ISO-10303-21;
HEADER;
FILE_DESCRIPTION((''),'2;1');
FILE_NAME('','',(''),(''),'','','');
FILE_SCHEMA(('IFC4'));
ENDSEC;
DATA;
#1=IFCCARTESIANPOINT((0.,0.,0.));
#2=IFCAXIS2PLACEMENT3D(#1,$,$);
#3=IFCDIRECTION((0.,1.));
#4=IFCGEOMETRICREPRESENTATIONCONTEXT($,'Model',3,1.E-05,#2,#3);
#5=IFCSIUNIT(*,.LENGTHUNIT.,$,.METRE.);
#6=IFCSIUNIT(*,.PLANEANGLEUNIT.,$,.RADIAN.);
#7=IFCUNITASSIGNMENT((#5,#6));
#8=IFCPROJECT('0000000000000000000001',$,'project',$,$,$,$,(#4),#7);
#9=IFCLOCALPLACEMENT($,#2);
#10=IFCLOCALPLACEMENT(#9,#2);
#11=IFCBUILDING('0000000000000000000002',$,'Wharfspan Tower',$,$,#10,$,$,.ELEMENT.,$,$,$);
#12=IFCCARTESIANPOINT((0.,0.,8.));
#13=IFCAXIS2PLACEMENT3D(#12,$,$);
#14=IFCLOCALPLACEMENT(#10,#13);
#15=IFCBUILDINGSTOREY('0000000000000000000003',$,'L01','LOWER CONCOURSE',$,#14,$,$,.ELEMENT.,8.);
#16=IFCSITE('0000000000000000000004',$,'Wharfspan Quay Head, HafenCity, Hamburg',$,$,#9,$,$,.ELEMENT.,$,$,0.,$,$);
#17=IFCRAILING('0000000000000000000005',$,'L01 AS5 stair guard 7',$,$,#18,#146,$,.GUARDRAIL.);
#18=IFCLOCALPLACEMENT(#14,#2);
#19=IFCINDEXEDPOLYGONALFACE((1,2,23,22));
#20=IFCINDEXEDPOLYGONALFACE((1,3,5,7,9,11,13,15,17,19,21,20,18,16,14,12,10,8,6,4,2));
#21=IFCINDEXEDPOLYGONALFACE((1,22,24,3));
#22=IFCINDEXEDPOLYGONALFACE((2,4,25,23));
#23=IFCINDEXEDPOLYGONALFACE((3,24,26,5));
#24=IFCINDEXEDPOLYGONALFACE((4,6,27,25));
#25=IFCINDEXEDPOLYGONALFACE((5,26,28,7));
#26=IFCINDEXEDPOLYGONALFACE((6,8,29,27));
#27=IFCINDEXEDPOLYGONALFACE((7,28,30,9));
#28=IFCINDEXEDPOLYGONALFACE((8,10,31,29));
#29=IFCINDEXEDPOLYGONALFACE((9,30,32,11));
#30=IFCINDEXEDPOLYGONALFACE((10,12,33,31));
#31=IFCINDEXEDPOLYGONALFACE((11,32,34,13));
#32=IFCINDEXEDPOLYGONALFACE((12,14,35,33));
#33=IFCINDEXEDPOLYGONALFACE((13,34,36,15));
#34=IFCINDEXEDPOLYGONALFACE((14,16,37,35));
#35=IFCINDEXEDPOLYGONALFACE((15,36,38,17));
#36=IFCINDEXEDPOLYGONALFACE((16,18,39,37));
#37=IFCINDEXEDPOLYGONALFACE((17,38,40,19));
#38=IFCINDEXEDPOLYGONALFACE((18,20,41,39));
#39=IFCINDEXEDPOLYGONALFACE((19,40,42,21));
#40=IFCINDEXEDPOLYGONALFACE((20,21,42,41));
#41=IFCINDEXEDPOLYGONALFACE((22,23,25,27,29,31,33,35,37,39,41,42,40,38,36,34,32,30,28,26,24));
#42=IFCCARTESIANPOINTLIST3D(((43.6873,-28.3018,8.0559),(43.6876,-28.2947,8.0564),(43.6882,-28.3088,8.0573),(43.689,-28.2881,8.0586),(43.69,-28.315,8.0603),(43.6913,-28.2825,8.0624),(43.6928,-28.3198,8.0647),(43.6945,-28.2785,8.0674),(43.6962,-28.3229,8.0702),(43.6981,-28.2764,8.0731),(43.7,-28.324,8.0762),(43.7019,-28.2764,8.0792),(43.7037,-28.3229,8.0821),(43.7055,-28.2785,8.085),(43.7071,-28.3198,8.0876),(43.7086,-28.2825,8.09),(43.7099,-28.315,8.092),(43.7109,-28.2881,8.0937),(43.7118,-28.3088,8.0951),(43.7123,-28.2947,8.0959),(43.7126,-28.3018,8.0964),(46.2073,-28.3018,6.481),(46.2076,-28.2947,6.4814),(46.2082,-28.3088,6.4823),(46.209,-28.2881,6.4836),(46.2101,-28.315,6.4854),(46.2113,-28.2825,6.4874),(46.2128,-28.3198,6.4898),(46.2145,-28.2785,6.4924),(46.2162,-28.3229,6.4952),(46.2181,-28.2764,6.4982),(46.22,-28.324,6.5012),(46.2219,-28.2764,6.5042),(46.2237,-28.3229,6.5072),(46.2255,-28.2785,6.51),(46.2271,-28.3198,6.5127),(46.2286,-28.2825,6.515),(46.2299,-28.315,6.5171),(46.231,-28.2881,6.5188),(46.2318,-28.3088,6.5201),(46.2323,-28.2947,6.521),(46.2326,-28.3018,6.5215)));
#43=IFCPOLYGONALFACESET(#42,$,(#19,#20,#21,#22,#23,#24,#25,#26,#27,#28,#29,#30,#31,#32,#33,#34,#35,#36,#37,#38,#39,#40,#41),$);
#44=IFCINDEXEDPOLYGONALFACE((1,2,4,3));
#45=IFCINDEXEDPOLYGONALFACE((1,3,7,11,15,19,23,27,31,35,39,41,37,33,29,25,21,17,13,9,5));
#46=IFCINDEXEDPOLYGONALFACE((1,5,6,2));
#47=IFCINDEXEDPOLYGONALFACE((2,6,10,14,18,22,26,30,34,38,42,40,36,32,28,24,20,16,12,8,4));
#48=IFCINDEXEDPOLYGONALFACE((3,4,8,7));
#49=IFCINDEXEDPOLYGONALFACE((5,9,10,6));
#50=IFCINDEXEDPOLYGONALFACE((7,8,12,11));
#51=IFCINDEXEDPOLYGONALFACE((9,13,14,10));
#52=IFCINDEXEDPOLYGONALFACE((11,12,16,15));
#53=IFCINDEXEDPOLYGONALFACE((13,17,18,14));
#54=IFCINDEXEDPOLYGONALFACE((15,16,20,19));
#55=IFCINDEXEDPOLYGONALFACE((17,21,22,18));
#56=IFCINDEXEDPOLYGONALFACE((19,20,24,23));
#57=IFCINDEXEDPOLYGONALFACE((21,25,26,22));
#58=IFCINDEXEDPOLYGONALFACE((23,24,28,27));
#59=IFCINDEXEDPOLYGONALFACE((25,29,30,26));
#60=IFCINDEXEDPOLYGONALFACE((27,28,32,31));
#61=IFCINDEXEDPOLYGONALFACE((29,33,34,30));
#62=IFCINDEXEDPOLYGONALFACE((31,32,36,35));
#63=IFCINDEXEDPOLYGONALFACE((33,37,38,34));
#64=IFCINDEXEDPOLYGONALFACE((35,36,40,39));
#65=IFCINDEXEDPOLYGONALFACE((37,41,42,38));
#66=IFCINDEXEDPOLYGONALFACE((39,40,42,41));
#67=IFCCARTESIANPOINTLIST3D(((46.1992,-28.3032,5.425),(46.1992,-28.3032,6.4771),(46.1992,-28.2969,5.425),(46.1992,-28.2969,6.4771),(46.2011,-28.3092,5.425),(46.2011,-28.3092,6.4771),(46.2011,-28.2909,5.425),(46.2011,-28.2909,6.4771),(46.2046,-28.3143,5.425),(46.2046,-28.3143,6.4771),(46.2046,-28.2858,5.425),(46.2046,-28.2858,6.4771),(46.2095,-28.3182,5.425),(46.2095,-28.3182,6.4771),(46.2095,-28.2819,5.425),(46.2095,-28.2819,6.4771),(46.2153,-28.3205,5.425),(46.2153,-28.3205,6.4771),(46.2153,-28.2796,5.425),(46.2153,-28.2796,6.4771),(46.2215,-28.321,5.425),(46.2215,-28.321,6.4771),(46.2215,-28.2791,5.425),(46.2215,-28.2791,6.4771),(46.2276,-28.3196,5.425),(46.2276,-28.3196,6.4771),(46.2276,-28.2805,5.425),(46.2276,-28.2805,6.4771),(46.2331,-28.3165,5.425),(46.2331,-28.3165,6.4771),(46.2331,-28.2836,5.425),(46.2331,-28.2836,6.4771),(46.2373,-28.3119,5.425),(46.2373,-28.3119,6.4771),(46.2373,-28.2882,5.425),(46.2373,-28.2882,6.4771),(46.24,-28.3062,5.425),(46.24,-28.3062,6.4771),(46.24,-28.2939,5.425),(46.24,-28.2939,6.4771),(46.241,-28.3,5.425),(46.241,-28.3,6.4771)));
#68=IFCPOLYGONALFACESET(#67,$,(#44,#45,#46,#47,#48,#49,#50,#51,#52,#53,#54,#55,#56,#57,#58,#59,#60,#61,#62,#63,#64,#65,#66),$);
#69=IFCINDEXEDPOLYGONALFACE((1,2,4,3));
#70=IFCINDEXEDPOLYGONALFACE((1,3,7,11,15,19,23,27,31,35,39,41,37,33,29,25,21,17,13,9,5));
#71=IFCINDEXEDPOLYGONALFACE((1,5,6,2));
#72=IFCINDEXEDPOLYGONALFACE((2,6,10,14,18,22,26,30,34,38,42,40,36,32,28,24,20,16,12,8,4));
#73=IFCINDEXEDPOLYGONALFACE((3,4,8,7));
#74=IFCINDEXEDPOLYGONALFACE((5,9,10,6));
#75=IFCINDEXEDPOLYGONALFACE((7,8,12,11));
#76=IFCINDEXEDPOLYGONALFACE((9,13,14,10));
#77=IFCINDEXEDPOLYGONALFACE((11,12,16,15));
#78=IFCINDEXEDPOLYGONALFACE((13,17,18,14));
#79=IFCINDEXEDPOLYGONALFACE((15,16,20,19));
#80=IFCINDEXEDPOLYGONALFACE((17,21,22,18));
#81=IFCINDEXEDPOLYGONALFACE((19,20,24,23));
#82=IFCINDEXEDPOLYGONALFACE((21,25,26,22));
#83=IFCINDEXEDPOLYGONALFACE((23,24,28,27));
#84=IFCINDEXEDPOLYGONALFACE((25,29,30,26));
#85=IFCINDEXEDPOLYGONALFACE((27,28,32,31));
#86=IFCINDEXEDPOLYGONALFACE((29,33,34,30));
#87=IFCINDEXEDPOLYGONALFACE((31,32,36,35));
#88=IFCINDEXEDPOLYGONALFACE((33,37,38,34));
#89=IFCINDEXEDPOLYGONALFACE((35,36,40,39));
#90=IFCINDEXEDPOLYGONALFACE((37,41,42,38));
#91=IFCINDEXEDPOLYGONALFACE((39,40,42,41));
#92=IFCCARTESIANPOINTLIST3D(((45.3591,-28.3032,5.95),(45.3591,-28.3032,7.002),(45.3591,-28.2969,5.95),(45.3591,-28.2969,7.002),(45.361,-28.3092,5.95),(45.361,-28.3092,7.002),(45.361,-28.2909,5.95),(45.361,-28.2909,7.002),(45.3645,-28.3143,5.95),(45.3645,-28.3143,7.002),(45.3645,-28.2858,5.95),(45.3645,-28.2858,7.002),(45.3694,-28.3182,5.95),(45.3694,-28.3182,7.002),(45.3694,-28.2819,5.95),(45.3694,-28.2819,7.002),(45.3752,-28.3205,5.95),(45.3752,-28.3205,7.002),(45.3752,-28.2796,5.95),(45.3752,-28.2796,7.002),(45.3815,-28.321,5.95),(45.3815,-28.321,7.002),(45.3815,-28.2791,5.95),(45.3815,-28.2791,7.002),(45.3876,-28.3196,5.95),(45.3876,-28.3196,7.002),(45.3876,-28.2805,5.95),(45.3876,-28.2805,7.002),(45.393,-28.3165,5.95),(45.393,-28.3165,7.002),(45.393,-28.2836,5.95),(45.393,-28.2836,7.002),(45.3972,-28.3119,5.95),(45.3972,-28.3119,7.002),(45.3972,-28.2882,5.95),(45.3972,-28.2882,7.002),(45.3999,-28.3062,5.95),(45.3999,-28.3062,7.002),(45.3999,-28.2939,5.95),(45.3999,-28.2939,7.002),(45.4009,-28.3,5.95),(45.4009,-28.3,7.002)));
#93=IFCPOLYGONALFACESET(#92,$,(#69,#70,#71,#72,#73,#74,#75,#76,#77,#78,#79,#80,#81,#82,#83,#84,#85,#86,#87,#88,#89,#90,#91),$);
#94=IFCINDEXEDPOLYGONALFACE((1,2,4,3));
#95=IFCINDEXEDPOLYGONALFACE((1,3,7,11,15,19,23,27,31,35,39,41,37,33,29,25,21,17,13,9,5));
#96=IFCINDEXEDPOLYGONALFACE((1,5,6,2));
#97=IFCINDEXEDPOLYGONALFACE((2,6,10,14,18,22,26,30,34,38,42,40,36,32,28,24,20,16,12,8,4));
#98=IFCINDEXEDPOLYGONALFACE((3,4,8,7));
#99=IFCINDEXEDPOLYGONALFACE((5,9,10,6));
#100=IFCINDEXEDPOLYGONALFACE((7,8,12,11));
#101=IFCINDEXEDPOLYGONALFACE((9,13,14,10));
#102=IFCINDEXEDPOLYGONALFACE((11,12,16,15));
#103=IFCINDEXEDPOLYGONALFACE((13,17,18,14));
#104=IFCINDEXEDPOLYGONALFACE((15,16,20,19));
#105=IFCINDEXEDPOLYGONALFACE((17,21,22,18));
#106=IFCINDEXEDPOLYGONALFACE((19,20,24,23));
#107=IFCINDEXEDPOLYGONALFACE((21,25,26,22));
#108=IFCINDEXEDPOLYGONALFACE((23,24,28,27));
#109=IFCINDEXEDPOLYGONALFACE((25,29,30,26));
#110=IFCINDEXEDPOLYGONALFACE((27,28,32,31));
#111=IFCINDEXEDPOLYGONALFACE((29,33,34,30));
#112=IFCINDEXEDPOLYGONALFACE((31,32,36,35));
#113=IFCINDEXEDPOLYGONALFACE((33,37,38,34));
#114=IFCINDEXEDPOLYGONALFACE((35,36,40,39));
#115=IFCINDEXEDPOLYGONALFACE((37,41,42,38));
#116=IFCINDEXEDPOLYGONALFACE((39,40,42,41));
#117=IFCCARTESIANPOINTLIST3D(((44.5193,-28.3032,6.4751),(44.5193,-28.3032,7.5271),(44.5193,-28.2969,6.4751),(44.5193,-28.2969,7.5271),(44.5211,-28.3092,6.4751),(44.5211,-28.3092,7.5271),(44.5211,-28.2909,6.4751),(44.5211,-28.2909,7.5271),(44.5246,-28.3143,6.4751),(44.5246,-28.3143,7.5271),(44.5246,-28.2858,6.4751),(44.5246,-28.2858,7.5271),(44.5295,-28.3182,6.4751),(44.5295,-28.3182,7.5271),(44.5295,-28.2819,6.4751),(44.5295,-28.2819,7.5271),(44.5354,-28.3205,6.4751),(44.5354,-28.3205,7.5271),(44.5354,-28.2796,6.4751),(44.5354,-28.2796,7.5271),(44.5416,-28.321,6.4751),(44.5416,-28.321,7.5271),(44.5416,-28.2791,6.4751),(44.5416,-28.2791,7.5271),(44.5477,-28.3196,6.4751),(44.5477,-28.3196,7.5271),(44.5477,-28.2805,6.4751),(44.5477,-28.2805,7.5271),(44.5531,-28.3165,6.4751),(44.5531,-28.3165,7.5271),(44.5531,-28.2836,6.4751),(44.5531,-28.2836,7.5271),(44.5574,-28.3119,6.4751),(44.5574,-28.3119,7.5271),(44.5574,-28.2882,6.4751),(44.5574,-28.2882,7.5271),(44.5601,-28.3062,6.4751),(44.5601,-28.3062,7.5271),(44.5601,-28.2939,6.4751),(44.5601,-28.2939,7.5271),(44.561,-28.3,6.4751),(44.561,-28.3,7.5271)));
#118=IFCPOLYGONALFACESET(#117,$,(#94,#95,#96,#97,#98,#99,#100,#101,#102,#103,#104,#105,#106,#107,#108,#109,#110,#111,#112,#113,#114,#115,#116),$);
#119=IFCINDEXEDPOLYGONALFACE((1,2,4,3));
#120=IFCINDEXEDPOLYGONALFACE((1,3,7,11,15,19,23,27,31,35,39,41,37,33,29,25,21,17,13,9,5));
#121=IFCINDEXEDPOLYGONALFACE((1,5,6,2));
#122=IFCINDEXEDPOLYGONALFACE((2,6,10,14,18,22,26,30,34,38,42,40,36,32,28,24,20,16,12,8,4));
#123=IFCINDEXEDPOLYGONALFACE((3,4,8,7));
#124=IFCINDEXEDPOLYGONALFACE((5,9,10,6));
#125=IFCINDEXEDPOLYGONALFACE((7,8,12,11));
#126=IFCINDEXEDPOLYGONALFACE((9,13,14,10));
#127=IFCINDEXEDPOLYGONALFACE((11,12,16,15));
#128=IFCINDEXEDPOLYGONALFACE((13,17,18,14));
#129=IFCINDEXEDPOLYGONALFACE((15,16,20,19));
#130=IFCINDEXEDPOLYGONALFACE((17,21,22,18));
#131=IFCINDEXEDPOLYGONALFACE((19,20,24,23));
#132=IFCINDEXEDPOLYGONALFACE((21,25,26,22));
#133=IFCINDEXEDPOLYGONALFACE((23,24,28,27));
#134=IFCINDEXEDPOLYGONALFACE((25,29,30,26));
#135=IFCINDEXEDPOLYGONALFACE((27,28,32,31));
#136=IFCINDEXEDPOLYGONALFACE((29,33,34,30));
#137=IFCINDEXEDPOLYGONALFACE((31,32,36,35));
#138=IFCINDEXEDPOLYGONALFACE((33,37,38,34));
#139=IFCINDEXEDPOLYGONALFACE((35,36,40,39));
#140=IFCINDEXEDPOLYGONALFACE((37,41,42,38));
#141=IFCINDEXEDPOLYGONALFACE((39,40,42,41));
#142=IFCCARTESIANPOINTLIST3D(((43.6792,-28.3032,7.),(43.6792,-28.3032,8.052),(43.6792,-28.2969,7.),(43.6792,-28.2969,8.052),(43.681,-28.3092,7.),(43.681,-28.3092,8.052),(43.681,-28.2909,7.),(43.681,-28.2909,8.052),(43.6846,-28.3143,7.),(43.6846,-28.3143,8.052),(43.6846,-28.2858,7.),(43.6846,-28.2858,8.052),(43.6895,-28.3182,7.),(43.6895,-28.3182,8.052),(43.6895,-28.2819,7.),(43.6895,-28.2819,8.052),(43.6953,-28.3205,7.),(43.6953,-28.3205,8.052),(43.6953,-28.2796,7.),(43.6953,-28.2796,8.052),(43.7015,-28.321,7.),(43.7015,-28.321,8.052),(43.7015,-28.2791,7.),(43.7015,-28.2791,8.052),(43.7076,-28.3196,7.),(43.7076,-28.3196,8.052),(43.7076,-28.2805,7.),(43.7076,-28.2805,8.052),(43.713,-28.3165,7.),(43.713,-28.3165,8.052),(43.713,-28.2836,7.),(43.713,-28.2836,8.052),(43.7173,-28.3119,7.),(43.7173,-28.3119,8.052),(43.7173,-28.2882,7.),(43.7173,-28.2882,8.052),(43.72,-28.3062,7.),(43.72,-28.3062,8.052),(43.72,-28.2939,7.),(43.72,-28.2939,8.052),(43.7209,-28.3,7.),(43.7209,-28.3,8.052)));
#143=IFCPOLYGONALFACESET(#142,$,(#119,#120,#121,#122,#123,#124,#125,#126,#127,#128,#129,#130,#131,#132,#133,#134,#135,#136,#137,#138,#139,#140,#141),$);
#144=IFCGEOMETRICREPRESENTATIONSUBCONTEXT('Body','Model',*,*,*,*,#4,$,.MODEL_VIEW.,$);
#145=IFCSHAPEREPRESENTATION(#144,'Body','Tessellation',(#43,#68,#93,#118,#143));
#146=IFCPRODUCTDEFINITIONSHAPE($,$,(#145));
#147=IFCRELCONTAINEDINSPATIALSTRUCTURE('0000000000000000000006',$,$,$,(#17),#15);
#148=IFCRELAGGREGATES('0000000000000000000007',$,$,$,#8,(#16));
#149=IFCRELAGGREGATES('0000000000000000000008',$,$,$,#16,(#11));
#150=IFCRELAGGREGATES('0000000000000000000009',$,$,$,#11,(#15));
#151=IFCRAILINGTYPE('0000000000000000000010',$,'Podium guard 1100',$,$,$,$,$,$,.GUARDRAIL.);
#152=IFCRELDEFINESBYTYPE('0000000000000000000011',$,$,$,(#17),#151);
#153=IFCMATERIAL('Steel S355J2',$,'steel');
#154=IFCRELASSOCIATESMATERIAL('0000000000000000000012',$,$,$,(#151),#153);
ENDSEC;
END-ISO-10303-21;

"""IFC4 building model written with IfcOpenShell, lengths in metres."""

from ifc_helpers import new_model, si_unit, direction, frame, origin, origin_2d, place, context, subcontext, project, spatial, circle, extrude, material, type_object, element, save


model = new_model("IFC4")

# Units and contexts
model_context = context("Model", 3, precision=1e-05, world=origin(), true_north=direction((0.0, 1.0)))
body_context = subcontext(model_context, "Body", "Model", "MODEL_VIEW")
ifc_project = project(units=[si_unit("LENGTHUNIT", "METRE"), si_unit("PLANEANGLEUNIT", "RADIAN")], contexts=[model_context])

# Site, building, storey
site_placement = place(None, origin())
site = spatial("IfcSite", under=ifc_project, at=site_placement, Name="Wharfspan Quay Head, HafenCity, Hamburg", CompositionType="ELEMENT", RefElevation=0.0)
building_placement = place(site_placement, origin())
building = spatial("IfcBuilding", under=site, at=building_placement, Name="Wharfspan Tower", CompositionType="ELEMENT")
storey_placement = place(building_placement, frame((0.0, 0.0, 8.0)))
storey = spatial("IfcBuildingStorey", under=building, at=storey_placement, Name="L01", Description="LOWER CONCOURSE", CompositionType="ELEMENT", Elevation=8.0)

# Railing
ifc_material_1 = material(Name="Steel S355J2", Category="steel")
railing_type_1 = type_object("IfcRailingType", Name="Podium guard 1100", PredefinedType="GUARDRAIL", material=ifc_material_1)
railing_1_placement = place(storey_placement, frame((46.22, -28.3, 5.425)))
element("IfcRailing", 1, at=railing_1_placement, inside=storey, type_object=railing_type_1, Name="L01 AS5 stair guard 7", PredefinedType="GUARDRAIL", context=body_context, shape_type="SweptSolid", body=[
    extrude(circle(Radius=0.0239, at=origin_2d()), frame((0.0, 0.0, 1.0762), z_axis=(-0.848008, 0.0, 0.529984), x_axis=(0.0, -1.0, 0.0)), (0.0, 0.0, 1.0), 2.9717),
    extrude(circle(Radius=0.021, at=origin_2d()), origin(), (0.0, 0.0, 1.0), 1.052),
    extrude(circle(Radius=0.021, at=origin_2d()), frame((-0.8401, 0.0, 0.5249)), (0.0, 0.0, 1.0), 1.052),
    extrude(circle(Radius=0.021, at=origin_2d()), frame((-1.6799, 0.0, 1.05)), (0.0, 0.0, 1.0), 1.052),
    extrude(circle(Radius=0.021, at=origin_2d()), frame((-2.52, 0.0, 1.575)), (0.0, 0.0, 1.0), 1.052),
])

save(model, "model.ifc")
